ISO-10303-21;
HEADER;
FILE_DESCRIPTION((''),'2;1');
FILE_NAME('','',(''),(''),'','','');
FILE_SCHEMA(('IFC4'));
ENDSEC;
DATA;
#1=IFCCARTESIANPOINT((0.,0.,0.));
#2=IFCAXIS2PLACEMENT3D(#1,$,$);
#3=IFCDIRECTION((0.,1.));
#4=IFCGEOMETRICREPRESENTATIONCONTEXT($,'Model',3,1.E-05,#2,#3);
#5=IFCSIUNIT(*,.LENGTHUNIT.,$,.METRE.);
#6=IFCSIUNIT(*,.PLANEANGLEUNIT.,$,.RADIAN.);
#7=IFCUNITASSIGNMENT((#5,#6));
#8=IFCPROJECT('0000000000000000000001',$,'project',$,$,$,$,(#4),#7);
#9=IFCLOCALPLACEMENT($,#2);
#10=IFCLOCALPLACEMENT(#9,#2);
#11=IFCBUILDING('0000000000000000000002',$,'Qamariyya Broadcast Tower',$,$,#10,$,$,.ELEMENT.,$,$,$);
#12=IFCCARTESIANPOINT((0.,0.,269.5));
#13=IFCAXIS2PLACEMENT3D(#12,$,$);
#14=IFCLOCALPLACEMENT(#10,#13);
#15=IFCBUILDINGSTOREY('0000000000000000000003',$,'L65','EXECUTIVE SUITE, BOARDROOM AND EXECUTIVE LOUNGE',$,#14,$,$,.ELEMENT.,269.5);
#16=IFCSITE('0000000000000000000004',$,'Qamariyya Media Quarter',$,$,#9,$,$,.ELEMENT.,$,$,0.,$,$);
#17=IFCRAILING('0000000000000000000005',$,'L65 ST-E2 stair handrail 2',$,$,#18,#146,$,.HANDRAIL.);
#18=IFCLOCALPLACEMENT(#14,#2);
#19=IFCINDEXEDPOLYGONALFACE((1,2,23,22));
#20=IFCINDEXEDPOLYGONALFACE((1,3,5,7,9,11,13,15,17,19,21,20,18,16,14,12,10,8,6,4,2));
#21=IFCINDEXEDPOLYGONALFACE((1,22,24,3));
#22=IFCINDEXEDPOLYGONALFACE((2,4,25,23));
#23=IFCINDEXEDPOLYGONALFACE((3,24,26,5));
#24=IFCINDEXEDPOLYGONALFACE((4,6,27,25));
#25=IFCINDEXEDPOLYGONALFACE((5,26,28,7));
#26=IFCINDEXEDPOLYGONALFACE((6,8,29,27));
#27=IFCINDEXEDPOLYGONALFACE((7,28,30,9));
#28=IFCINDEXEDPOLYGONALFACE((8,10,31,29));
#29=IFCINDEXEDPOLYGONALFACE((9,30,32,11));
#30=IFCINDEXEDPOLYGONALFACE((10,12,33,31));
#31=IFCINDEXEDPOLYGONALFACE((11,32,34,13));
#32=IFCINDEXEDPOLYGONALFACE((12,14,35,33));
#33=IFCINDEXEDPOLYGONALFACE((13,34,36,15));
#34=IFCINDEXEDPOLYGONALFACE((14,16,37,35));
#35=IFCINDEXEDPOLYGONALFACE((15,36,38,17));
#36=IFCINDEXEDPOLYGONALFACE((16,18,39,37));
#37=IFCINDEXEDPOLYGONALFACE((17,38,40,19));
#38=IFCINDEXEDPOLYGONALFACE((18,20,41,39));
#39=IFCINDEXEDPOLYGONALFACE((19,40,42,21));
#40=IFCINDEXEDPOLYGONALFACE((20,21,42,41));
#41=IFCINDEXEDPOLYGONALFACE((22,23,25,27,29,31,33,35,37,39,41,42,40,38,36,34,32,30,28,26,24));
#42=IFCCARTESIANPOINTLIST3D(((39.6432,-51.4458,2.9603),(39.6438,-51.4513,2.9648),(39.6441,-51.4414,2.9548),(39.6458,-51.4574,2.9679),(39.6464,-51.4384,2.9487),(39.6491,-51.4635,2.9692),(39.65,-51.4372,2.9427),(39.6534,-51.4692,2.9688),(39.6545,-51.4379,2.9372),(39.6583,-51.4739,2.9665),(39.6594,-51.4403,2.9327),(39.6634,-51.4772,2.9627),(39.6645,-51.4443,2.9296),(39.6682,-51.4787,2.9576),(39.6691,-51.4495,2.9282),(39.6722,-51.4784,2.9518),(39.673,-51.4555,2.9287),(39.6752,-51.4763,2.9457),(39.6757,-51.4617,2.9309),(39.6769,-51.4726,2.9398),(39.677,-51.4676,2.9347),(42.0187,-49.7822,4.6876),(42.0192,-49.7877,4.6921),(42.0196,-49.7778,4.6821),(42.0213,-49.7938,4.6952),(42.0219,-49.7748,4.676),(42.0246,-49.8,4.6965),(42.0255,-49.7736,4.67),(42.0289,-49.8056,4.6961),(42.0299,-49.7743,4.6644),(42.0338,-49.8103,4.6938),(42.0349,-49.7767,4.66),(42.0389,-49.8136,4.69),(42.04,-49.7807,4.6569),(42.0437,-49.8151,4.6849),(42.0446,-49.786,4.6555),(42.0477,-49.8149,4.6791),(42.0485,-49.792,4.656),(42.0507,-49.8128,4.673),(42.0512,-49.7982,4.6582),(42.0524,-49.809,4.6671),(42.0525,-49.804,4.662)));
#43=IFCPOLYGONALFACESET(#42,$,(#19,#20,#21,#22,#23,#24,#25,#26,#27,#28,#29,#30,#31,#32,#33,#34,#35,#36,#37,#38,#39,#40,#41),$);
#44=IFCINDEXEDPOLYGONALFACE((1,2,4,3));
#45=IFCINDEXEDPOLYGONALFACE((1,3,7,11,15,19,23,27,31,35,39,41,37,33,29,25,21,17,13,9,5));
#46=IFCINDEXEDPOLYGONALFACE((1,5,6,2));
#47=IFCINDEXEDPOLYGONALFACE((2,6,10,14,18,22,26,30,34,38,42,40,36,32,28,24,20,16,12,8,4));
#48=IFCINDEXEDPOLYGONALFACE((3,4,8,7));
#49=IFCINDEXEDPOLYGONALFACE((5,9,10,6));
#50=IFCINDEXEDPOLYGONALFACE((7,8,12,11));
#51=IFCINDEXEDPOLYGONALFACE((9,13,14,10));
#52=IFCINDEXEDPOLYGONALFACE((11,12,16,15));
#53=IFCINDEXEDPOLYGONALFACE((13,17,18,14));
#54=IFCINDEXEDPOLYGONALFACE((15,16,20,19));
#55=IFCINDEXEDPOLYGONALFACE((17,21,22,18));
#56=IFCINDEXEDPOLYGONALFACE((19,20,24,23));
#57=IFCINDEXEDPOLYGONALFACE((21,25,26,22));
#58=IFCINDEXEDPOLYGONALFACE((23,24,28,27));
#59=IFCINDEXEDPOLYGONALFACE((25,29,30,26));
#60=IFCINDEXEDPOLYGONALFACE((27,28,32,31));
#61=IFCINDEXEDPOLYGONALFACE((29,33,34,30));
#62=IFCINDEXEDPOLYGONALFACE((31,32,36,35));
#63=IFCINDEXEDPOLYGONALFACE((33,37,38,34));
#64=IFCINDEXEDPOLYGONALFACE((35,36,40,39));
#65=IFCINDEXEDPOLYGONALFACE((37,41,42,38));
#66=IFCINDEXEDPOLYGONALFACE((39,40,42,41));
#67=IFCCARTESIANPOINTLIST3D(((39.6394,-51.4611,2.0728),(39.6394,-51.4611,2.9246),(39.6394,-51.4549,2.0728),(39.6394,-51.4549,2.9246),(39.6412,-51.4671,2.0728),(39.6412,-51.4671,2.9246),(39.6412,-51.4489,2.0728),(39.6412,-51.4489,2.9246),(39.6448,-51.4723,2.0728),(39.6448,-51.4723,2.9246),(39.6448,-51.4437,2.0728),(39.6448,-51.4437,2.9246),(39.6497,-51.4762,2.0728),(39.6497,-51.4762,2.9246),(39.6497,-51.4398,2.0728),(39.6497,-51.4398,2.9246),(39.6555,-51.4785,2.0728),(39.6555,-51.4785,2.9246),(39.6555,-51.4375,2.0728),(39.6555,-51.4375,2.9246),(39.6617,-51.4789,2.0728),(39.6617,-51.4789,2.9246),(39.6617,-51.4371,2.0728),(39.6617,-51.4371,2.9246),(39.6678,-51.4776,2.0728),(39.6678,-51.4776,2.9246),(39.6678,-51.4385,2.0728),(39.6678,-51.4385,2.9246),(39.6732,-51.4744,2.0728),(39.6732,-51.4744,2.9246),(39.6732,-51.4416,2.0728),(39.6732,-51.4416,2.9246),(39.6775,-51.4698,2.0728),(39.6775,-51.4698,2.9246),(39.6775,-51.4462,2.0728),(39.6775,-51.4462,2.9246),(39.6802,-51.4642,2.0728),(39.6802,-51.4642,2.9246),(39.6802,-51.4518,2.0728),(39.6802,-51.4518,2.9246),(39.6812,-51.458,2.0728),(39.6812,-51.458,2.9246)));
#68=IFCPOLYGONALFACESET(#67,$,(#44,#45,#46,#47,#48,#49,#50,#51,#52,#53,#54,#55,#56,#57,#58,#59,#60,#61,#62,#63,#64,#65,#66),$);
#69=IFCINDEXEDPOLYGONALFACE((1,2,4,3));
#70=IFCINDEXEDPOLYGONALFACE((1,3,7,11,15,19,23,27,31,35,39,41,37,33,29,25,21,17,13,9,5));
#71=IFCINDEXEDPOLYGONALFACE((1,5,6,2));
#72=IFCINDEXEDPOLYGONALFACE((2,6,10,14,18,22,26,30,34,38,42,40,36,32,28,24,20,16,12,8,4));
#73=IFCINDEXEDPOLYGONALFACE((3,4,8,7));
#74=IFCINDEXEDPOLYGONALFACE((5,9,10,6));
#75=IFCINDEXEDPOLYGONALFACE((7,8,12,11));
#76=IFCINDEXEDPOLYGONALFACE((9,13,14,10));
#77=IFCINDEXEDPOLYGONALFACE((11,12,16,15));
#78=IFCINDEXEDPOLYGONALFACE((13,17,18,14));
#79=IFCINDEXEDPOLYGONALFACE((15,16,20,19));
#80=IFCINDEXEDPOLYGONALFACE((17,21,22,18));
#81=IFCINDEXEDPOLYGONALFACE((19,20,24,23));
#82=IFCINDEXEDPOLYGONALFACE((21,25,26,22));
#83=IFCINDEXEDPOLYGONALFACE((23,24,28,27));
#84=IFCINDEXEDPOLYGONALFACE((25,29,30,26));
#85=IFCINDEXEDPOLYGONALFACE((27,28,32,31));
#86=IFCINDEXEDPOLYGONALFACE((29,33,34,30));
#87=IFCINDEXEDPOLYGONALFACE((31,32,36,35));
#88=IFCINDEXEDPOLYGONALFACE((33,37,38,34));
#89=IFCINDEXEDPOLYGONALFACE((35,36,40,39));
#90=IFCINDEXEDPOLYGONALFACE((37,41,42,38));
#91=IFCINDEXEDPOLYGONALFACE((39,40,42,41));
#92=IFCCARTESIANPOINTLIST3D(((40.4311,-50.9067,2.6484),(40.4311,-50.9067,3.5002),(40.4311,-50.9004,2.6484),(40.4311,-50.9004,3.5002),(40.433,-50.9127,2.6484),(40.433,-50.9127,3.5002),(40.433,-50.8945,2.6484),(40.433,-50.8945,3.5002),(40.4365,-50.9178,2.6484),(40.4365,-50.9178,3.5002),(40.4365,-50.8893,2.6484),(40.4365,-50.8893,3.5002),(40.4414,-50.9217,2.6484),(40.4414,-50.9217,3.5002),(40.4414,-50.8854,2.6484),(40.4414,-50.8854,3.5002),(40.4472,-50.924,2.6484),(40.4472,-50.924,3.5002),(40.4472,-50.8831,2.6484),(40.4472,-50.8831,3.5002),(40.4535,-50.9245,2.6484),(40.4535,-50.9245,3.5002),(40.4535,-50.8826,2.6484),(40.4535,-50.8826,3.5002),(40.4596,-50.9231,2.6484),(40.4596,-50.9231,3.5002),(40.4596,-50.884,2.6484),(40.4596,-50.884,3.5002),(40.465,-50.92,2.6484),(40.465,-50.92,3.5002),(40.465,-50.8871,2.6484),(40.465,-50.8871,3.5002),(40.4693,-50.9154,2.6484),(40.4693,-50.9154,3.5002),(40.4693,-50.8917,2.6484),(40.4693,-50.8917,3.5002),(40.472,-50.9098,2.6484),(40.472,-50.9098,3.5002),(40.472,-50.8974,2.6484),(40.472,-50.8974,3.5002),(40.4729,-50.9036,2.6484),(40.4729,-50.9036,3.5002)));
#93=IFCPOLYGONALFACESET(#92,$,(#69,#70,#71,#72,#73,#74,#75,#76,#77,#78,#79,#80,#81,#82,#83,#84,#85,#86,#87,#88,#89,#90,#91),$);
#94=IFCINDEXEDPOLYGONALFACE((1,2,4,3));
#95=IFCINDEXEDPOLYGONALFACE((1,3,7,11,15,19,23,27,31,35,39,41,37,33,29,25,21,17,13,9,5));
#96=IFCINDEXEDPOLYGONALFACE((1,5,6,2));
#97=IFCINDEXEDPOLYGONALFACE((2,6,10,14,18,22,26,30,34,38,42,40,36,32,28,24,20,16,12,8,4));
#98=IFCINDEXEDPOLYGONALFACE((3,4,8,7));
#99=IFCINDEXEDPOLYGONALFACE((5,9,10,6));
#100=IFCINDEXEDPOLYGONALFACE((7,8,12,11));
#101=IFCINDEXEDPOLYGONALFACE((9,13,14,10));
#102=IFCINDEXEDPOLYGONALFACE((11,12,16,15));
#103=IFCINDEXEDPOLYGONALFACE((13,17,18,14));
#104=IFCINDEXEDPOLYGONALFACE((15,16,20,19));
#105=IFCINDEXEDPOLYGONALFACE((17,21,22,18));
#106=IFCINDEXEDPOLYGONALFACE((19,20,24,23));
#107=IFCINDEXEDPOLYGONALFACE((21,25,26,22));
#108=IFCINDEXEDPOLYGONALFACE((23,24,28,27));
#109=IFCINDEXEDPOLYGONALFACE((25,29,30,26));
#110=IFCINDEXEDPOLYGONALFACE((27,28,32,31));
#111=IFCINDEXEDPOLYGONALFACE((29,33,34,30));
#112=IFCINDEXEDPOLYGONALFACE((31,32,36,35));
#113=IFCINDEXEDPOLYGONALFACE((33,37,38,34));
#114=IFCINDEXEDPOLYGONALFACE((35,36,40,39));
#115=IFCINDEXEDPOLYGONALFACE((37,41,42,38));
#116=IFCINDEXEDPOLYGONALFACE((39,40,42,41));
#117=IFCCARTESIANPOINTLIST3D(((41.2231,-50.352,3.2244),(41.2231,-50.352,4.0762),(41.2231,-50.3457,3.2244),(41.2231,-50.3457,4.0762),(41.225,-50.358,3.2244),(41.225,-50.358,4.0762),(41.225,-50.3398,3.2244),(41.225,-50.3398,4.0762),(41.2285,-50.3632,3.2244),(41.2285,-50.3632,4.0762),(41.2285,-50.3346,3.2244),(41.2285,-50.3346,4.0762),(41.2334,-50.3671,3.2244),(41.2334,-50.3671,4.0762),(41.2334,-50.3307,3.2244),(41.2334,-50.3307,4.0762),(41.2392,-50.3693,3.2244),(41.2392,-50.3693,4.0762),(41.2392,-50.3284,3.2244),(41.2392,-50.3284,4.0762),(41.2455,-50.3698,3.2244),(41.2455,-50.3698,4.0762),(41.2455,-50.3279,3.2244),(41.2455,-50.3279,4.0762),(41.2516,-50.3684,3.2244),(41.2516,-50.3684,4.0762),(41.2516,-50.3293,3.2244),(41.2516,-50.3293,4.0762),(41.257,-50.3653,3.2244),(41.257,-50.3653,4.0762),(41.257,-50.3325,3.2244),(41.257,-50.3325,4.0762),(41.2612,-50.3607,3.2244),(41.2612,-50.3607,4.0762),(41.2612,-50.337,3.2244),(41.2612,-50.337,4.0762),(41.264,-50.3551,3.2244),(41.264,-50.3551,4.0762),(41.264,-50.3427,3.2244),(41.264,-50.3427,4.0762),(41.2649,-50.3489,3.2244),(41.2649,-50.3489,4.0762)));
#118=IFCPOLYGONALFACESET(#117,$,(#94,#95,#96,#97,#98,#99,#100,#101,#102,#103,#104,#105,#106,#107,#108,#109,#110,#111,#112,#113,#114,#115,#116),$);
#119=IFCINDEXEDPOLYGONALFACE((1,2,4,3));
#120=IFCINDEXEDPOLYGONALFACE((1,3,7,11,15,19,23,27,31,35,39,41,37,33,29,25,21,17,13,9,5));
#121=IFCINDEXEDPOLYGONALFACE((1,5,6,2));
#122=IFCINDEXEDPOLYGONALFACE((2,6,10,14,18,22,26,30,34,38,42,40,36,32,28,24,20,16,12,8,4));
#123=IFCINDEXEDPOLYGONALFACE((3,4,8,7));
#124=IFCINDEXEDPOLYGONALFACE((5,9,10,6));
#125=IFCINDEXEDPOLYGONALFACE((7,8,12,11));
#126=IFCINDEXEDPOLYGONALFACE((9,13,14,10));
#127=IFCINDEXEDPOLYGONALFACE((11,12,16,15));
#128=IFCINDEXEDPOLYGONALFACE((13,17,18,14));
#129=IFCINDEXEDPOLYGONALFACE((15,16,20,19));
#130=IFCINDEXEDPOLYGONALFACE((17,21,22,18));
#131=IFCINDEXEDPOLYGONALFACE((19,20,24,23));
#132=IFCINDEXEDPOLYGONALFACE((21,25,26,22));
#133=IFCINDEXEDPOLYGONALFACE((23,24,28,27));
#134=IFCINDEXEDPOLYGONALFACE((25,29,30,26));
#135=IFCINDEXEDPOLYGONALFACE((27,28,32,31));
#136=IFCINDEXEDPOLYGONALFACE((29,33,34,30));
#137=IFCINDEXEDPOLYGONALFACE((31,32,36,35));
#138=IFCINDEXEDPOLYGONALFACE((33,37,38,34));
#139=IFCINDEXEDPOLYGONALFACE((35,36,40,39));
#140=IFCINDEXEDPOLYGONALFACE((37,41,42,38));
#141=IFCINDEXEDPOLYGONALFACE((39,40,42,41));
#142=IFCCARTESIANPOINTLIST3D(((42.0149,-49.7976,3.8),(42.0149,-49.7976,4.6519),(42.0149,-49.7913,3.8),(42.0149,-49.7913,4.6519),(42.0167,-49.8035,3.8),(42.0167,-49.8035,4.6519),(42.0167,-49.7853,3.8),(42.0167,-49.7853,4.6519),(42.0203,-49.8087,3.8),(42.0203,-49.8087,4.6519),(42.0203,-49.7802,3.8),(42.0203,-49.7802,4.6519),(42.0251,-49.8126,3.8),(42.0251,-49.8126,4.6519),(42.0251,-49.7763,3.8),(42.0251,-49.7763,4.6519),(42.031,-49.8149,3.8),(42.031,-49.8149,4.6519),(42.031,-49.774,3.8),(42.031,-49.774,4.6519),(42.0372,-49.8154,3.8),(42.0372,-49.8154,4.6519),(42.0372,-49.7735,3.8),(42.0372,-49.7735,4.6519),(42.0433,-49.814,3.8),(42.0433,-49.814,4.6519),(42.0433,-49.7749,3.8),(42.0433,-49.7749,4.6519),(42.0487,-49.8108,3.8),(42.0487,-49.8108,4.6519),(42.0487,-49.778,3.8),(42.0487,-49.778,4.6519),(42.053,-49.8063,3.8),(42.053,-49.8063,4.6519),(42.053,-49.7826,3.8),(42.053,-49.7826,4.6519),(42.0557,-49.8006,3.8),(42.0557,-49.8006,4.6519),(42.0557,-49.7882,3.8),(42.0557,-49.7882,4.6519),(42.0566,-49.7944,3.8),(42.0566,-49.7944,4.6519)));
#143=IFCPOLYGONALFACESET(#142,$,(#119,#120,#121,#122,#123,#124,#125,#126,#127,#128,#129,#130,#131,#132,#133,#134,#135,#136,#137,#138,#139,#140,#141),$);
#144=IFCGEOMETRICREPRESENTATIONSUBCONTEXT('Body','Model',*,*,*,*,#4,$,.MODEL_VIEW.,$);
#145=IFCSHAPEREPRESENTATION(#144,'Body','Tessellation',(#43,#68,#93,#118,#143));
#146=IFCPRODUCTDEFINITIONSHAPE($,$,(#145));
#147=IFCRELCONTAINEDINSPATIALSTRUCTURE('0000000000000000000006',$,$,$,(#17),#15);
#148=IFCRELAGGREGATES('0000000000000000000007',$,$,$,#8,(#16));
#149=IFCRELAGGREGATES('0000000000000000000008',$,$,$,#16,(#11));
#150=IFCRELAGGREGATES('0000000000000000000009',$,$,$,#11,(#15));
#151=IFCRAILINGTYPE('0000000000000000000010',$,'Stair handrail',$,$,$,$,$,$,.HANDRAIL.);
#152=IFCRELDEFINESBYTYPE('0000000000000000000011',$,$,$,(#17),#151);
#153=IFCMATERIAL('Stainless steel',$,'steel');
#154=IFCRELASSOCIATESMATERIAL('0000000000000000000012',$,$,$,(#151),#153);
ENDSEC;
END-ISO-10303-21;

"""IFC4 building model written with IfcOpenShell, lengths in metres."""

from ifc_helpers import new_model, si_unit, direction, frame, origin, origin_2d, place, context, subcontext, project, spatial, circle, extrude, material, type_object, element, save


model = new_model("IFC4")

# Units and contexts
model_context = context("Model", 3, precision=1e-05, world=origin(), true_north=direction((0.0, 1.0)))
body_context = subcontext(model_context, "Body", "Model", "MODEL_VIEW")
ifc_project = project(units=[si_unit("LENGTHUNIT", "METRE"), si_unit("PLANEANGLEUNIT", "RADIAN")], contexts=[model_context])

# Site, building, storey
site_placement = place(None, origin())
site = spatial("IfcSite", under=ifc_project, at=site_placement, Name="Qamariyya Media Quarter", CompositionType="ELEMENT", RefElevation=0.0)
building_placement = place(site_placement, origin())
building = spatial("IfcBuilding", under=site, at=building_placement, Name="Qamariyya Broadcast Tower", CompositionType="ELEMENT")
storey_placement = place(building_placement, frame((0.0, 0.0, 269.5)))
storey = spatial("IfcBuildingStorey", under=building, at=storey_placement, Name="L65", Description="EXECUTIVE SUITE, BOARDROOM AND EXECUTIVE LOUNGE", CompositionType="ELEMENT", Elevation=269.5)

# Railing
ifc_material_1 = material(Name="Stainless steel", Category="steel")
railing_type_1 = type_object("IfcRailingType", Name="Stair handrail", PredefinedType="HANDRAIL", material=ifc_material_1)
railing_1_placement = place(storey_placement, frame((39.6602, -51.458, 2.0728)))
element("IfcRailing", 1, at=railing_1_placement, inside=storey, type_object=railing_type_1, Name="L65 ST-E2 stair handrail 2", PredefinedType="HANDRAIL", context=body_context, shape_type="SweptSolid", body=[
    extrude(circle(Radius=0.0239, at=origin_2d()), frame((0.0, 0.0, 0.876), z_axis=(0.703745, 0.492838, 0.511716), x_axis=(-0.573632, 0.819113, 0.0)), (0.0, 0.0, 1.0), 3.3755),
    extrude(circle(Radius=0.021, at=origin_2d()), origin(), (0.0, 0.0, 1.0), 0.8518),
    extrude(circle(Radius=0.021, at=origin_2d()), frame((0.7917, 0.5544, 0.5757)), (0.0, 0.0, 1.0), 0.8518),
    extrude(circle(Radius=0.021, at=origin_2d()), frame((1.5837, 1.1091, 1.1516)), (0.0, 0.0, 1.0), 0.8518),
    extrude(circle(Radius=0.021, at=origin_2d()), frame((2.3755, 1.6636, 1.7273)), (0.0, 0.0, 1.0), 0.8518),
])

save(model, "model.ifc")
